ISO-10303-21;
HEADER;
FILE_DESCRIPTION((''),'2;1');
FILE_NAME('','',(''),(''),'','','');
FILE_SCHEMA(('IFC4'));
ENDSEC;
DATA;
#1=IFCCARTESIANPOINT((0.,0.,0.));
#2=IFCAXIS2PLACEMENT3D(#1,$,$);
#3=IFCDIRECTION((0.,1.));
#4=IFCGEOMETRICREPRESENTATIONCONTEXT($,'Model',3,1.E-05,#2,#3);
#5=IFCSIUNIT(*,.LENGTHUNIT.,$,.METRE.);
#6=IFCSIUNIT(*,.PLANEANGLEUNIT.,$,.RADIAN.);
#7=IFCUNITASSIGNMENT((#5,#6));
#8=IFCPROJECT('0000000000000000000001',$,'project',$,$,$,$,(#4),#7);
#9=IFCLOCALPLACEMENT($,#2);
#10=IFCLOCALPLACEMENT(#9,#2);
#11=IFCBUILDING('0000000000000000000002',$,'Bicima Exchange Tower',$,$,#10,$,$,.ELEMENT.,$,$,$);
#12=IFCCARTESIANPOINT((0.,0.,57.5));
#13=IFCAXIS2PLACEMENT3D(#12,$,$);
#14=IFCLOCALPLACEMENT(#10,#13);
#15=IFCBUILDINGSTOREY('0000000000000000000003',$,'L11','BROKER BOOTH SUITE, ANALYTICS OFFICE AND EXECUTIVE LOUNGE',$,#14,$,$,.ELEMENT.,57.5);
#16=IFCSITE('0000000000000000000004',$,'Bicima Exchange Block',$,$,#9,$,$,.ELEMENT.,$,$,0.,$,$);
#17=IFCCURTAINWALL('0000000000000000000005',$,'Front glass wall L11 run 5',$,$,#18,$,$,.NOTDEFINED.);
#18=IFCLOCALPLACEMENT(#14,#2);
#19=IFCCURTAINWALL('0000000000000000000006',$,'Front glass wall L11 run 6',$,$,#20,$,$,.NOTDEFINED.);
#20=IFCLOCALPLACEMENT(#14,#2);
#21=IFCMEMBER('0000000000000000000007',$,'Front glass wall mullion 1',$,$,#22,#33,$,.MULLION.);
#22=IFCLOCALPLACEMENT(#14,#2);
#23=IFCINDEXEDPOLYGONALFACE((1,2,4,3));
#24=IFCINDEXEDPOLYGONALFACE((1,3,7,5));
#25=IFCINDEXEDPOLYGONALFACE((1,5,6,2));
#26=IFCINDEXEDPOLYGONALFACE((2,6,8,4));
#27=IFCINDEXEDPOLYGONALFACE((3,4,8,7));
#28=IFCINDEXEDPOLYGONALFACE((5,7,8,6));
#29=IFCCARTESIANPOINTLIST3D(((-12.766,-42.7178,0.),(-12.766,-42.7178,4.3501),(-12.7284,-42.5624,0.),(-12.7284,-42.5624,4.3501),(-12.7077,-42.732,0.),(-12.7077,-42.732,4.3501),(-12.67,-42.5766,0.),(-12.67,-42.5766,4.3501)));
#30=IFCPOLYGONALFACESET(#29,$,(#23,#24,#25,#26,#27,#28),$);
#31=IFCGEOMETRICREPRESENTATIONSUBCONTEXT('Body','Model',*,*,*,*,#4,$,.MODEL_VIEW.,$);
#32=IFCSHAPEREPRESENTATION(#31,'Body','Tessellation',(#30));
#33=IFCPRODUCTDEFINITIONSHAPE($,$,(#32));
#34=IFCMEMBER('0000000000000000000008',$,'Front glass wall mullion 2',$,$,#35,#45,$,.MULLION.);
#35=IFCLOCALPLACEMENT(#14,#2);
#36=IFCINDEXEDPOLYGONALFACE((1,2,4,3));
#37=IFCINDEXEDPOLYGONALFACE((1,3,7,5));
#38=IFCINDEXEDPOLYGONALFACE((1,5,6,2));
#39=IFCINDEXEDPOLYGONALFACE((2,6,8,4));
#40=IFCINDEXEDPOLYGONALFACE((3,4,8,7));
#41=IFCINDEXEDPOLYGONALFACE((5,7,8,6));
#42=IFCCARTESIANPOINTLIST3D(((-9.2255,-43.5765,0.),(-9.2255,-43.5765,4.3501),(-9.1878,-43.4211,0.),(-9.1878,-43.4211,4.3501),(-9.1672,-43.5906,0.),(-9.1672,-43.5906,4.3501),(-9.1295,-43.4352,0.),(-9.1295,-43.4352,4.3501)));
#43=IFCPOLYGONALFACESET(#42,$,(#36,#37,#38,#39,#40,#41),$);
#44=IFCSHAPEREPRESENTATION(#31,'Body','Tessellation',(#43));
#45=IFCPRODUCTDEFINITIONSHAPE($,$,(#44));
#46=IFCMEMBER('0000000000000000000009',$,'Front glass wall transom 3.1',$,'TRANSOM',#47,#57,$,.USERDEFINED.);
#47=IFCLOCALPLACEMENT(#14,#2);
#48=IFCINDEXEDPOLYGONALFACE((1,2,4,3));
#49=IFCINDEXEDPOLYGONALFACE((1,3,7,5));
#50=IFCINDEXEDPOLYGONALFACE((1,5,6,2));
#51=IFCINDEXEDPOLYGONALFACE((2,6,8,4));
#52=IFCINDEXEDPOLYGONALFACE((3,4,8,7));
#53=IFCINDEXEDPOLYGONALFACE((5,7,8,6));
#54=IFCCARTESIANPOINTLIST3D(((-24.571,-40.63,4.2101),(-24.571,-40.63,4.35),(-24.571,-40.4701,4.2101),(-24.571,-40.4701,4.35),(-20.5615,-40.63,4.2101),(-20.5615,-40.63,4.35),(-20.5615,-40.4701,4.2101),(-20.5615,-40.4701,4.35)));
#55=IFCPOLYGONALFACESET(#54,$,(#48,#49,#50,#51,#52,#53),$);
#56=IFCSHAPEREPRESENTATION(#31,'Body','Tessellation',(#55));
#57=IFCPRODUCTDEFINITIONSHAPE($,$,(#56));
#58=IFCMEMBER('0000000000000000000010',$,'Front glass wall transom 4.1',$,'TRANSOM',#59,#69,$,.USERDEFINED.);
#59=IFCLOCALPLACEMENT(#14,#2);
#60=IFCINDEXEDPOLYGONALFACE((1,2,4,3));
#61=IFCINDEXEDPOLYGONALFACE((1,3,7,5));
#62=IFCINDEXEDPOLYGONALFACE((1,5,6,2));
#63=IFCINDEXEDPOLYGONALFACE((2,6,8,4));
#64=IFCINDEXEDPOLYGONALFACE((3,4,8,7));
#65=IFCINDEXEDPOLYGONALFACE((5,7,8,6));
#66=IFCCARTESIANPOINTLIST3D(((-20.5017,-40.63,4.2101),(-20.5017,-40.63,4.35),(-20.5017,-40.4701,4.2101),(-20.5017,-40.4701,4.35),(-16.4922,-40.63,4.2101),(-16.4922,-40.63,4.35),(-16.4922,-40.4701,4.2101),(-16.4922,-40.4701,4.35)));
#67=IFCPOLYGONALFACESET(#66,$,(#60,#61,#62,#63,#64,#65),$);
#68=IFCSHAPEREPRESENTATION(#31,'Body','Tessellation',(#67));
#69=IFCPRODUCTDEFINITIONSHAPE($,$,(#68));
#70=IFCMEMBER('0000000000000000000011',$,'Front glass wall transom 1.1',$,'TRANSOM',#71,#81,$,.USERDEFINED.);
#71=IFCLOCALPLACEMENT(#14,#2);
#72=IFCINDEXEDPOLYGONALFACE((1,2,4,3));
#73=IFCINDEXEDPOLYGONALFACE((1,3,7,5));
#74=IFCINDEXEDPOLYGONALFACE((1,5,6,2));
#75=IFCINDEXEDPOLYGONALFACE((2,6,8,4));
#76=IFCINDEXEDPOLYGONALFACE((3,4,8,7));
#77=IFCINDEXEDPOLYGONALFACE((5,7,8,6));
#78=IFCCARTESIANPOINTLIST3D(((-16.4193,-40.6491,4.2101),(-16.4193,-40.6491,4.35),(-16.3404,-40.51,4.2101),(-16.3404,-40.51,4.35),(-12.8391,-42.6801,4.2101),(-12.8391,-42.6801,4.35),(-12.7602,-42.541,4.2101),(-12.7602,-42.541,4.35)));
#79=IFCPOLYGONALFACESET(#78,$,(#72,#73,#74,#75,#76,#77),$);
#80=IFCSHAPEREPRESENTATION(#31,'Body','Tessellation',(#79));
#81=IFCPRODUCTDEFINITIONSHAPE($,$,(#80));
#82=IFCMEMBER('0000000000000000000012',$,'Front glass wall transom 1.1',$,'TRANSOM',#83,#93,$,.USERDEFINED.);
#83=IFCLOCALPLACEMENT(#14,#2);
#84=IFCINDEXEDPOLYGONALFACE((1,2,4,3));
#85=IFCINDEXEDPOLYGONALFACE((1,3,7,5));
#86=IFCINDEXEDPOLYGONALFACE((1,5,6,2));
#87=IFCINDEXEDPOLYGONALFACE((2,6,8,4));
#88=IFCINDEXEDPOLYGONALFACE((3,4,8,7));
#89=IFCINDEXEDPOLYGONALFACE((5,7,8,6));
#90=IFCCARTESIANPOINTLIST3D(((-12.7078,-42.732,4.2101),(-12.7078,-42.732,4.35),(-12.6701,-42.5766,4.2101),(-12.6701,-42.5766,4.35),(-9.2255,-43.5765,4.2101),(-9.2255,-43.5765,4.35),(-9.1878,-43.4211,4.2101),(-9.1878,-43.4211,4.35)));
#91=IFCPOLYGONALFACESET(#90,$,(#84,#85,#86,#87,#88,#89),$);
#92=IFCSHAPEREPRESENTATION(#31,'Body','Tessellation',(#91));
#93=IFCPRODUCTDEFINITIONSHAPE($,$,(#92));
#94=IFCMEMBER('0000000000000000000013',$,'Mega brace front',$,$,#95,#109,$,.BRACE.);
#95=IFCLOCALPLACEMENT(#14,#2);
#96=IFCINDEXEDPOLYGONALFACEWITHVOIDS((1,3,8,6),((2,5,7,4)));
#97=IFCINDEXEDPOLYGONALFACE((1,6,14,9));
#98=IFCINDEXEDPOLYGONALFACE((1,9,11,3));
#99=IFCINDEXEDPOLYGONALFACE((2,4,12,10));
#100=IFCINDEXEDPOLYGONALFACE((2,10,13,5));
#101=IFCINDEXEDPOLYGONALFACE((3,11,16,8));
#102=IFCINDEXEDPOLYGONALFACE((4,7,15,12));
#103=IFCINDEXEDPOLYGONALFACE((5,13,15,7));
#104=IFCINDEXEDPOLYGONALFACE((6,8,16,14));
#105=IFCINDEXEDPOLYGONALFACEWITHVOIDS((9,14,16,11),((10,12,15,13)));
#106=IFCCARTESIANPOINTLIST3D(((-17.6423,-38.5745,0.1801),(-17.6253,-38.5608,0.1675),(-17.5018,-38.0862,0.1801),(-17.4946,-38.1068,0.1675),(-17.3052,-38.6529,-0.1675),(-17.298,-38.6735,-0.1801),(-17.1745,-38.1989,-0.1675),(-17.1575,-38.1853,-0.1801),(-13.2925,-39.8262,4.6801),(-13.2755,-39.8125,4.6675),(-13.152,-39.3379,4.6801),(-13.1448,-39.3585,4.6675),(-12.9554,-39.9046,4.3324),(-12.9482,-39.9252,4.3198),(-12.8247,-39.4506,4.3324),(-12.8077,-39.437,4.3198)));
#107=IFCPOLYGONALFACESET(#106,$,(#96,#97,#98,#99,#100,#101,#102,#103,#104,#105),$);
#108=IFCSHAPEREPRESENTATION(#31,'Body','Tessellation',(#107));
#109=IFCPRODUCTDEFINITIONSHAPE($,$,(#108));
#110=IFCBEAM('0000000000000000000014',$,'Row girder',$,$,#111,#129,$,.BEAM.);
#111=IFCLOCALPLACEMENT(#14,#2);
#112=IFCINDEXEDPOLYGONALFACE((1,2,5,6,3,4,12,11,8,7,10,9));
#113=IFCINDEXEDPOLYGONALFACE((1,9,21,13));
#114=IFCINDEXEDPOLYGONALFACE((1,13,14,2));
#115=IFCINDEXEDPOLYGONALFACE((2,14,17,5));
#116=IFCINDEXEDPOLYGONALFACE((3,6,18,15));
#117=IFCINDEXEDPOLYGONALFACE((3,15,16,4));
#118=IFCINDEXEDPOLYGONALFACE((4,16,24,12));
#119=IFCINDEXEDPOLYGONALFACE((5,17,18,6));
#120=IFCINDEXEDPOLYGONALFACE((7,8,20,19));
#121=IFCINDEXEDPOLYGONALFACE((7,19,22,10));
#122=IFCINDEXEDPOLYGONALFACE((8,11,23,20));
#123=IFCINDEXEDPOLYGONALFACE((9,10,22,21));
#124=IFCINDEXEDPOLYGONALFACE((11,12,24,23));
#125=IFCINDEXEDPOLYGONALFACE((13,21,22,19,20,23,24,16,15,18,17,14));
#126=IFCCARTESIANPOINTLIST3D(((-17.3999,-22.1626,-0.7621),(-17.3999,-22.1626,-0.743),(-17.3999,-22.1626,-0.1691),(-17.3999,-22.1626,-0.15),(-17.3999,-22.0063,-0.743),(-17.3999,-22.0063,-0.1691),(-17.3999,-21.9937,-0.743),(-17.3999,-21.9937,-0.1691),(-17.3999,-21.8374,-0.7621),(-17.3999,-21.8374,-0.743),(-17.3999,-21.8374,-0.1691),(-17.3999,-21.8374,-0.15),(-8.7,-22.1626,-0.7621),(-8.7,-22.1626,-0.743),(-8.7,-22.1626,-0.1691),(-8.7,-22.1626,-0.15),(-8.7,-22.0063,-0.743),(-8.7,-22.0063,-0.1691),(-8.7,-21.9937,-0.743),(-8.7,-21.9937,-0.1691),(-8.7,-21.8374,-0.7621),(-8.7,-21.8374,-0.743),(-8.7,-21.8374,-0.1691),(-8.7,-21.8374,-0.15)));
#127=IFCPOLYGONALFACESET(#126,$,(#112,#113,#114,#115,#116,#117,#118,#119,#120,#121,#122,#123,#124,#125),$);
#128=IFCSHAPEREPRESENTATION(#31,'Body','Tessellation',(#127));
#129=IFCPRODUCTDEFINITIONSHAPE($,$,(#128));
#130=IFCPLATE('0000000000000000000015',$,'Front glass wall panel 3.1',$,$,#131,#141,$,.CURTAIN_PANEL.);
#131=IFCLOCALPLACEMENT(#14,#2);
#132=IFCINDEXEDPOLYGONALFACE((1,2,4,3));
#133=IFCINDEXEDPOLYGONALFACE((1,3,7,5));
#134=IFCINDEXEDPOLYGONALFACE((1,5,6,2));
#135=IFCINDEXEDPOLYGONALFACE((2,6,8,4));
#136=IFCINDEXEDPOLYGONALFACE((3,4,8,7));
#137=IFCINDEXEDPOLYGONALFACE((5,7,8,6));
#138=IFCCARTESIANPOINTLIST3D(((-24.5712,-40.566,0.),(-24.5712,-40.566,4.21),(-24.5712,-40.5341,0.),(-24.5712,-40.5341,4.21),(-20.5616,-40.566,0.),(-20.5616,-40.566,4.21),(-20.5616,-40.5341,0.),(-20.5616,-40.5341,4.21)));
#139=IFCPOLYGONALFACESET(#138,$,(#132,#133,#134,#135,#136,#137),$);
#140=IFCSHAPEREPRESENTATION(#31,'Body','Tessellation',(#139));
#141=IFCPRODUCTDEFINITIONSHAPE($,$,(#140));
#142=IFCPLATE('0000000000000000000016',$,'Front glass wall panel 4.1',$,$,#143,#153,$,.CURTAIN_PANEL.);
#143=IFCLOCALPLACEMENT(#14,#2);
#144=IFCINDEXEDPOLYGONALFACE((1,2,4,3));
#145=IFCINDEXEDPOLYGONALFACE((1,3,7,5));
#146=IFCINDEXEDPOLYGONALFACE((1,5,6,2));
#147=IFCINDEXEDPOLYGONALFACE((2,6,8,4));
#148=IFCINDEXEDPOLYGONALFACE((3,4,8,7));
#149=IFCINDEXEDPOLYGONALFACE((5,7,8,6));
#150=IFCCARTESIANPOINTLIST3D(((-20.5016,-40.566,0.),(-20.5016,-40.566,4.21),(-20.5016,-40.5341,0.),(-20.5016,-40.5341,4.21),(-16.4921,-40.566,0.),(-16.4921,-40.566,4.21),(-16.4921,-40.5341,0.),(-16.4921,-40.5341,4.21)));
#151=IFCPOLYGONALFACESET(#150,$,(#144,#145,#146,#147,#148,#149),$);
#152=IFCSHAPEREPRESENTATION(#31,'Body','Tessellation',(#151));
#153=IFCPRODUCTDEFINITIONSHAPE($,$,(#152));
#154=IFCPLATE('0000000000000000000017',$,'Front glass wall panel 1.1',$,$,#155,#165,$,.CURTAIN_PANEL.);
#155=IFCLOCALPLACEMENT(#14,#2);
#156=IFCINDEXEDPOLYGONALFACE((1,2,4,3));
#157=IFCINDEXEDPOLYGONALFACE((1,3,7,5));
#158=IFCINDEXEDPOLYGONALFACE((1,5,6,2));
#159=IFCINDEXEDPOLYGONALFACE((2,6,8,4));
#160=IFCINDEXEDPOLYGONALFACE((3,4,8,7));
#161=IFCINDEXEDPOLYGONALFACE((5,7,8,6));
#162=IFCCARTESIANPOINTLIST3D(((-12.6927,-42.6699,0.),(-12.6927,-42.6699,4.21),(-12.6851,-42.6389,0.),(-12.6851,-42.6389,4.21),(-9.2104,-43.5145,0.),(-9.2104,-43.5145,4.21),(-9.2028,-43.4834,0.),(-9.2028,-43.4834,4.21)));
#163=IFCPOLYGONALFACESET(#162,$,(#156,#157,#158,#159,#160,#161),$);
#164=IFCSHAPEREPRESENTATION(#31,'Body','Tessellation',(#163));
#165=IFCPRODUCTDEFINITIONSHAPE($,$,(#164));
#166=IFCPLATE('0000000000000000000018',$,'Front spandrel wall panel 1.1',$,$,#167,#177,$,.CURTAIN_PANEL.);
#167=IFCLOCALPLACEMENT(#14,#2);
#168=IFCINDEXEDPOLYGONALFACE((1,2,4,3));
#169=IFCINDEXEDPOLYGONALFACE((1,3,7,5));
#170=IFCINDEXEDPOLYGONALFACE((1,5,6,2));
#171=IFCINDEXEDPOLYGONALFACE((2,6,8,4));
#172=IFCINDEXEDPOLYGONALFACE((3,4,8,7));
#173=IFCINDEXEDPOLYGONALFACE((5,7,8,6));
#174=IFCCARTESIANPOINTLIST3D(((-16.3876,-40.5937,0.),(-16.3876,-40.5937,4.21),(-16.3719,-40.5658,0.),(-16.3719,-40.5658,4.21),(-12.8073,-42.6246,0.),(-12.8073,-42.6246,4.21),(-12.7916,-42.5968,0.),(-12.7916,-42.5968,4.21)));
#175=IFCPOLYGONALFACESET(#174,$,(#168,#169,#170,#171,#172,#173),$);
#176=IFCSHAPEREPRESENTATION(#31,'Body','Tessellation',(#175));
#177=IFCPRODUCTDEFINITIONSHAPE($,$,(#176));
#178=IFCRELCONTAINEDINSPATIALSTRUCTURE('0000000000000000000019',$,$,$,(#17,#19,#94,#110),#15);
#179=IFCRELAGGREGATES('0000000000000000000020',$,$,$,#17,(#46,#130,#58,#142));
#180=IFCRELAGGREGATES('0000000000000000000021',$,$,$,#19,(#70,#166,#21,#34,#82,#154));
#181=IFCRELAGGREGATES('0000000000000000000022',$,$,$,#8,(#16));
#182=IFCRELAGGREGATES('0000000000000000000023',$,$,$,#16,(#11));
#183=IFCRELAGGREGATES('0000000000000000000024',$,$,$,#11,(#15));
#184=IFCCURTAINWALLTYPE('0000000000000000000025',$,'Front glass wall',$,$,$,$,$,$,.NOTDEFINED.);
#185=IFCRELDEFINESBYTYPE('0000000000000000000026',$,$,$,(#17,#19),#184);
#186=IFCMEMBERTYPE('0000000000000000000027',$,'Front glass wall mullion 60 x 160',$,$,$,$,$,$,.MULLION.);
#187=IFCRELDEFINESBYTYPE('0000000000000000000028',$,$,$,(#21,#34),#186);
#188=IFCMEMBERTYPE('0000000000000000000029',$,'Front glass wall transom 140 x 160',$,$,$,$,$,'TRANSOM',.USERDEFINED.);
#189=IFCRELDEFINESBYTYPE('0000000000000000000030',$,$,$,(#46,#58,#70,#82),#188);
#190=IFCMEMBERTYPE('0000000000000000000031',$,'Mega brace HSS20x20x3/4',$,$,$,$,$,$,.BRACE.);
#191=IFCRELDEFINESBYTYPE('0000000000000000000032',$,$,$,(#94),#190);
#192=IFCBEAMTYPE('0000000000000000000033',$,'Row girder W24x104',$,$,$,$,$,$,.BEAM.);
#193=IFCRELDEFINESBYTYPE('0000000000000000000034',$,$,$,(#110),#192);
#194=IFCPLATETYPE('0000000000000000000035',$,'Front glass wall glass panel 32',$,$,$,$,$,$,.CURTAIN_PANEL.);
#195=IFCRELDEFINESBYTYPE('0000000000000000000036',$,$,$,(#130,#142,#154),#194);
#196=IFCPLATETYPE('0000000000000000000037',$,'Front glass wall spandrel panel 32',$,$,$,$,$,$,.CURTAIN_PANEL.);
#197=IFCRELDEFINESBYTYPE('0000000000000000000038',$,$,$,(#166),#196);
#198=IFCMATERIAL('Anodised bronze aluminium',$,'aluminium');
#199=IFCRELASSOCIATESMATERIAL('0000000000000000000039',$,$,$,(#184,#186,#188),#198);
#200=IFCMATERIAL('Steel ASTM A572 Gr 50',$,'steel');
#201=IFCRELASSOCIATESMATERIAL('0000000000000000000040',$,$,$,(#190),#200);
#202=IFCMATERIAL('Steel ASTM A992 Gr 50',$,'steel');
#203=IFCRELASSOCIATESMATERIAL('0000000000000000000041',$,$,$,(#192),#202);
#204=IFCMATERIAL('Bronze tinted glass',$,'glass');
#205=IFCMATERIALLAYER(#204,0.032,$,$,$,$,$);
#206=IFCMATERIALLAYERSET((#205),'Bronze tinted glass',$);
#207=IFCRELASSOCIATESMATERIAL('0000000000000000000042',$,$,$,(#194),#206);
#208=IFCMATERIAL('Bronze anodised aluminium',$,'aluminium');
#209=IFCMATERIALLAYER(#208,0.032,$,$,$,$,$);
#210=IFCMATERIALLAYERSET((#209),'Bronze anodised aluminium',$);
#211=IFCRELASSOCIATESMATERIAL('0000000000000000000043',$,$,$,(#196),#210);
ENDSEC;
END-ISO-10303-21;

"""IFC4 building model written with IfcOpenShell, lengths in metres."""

from ifc_helpers import new_model, si_unit, direction, frame, origin, origin_2d, place, context, subcontext, project, spatial, rectangle, hollow_rectangle, i_section, extrude, material, layer, layer_set, material_profile, profile_set, type_object, element, aggregate, save


model = new_model("IFC4")

# Units and contexts
model_context = context("Model", 3, precision=1e-05, world=origin(), true_north=direction((0.0, 1.0)))
body_context = subcontext(model_context, "Body", "Model", "MODEL_VIEW")
ifc_project = project(units=[si_unit("LENGTHUNIT", "METRE"), si_unit("PLANEANGLEUNIT", "RADIAN")], contexts=[model_context])

# Site, building, storey
site_placement = place(None, origin())
site = spatial("IfcSite", under=ifc_project, at=site_placement, Name="Bicima Exchange Block", CompositionType="ELEMENT", RefElevation=0.0)
building_placement = place(site_placement, origin())
building = spatial("IfcBuilding", under=site, at=building_placement, Name="Bicima Exchange Tower", CompositionType="ELEMENT")
storey_placement = place(building_placement, frame((0.0, 0.0, 57.5)))
storey = spatial("IfcBuildingStorey", under=building, at=storey_placement, Name="L11", Description="BROKER BOOTH SUITE, ANALYTICS OFFICE AND EXECUTIVE LOUNGE", CompositionType="ELEMENT", Elevation=57.5)

# Shared definitions
ifc_material_1 = material(Name="Steel ASTM A992 Gr 50", Category="steel")

# Curtain walls, members
ifc_material_2 = material(Name="Anodised bronze aluminium", Category="aluminium")
curtain_wall_type = type_object("IfcCurtainWallType", Name="Front glass wall", PredefinedType="NOTDEFINED", material=ifc_material_2)
curtain_wall_1_placement = place(storey_placement, origin())
curtain_wall_1 = element("IfcCurtainWall", 1, at=curtain_wall_1_placement, inside=storey, type_object=curtain_wall_type, Name="Front glass wall L11 run 5", PredefinedType="NOTDEFINED")
ifc_material_profile_1 = material_profile(ifc_material_2, rectangle(XDim=0.1599, YDim=0.0601, at=origin_2d()))
ifc_profile_set_1 = profile_set([ifc_material_profile_1], Name="Anodised bronze aluminium")
member_type_1 = type_object("IfcMemberType", Name="Front glass wall mullion 60 x 160", PredefinedType="MULLION", material=ifc_profile_set_1)
curtain_wall_2_placement = place(storey_placement, origin())
curtain_wall_2 = element("IfcCurtainWall", 2, at=curtain_wall_2_placement, inside=storey, type_object=curtain_wall_type, Name="Front glass wall L11 run 6", PredefinedType="NOTDEFINED")
member_1_placement = place(storey_placement, frame((-12.718, -42.6472, 0.0), z_axis=(0.0, 0.0, 1.0), x_axis=(0.235682, 0.97183, 0.0)))
member_1 = element("IfcMember", 3, at=member_1_placement, type_object=member_type_1, Name="Front glass wall mullion 1", PredefinedType="MULLION", context=body_context, shape_type="SweptSolid", body=[
    extrude(rectangle(XDim=0.1599, YDim=0.0601, at=origin_2d()), origin(), (0.0, 0.0, 1.0), 4.3501),
])
member_2_placement = place(storey_placement, frame((-9.1775, -43.5059, 0.0), z_axis=(0.0, 0.0, 1.0), x_axis=(0.235682, 0.97183, 0.0)))
member_2 = element("IfcMember", 4, at=member_2_placement, type_object=member_type_1, Name="Front glass wall mullion 2", PredefinedType="MULLION", context=body_context, shape_type="SweptSolid", body=[
    extrude(rectangle(XDim=0.1599, YDim=0.0601, at=origin_2d()), origin(), (0.0, 0.0, 1.0), 4.3501),
])

# Members
ifc_material_profile_2 = material_profile(ifc_material_2, rectangle(XDim=0.1599, YDim=0.1399, at=origin_2d()))
ifc_profile_set_2 = profile_set([ifc_material_profile_2], Name="Anodised bronze aluminium")
member_type_2 = type_object("IfcMemberType", Name="Front glass wall transom 140 x 160", ElementType="TRANSOM", PredefinedType="USERDEFINED", material=ifc_profile_set_2)
member_3_placement = place(storey_placement, frame((-24.571, -40.55, 4.28), z_axis=(1.0, 0.0, 0.0), x_axis=(0.0, 1.0, 0.0)))
member_3 = element("IfcMember", 5, at=member_3_placement, type_object=member_type_2, Name="Front glass wall transom 3.1", ObjectType="TRANSOM", PredefinedType="USERDEFINED", context=body_context, shape_type="SweptSolid", body=[
    extrude(rectangle(XDim=0.1599, YDim=0.1399, at=origin_2d()), origin(), (0.0, 0.0, 1.0), 4.0095),
])
member_4_placement = place(storey_placement, frame((-20.5017, -40.55, 4.28), z_axis=(1.0, 0.0, 0.0), x_axis=(0.0, 1.0, 0.0)))
member_4 = element("IfcMember", 6, at=member_4_placement, type_object=member_type_2, Name="Front glass wall transom 4.1", ObjectType="TRANSOM", PredefinedType="USERDEFINED", context=body_context, shape_type="SweptSolid", body=[
    extrude(rectangle(XDim=0.1599, YDim=0.1399, at=origin_2d()), origin(), (0.0, 0.0, 1.0), 4.0095),
])
member_5_placement = place(storey_placement, frame((-16.3799, -40.5796, 4.28), z_axis=(0.869797, -0.493409, 0.0), x_axis=(0.493409, 0.869797, 0.0)))
member_5 = element("IfcMember", 7, at=member_5_placement, type_object=member_type_2, Name="Front glass wall transom 1.1", ObjectType="TRANSOM", PredefinedType="USERDEFINED", context=body_context, shape_type="SweptSolid", body=[
    extrude(rectangle(XDim=0.1599, YDim=0.1399, at=origin_2d()), origin(), (0.0, 0.0, 1.0), 4.1162),
])
member_6_placement = place(storey_placement, frame((-12.689, -42.6543, 4.28), z_axis=(0.971834, -0.235668, 0.0), x_axis=(0.235668, 0.971834, 0.0)))
member_6 = element("IfcMember", 8, at=member_6_placement, type_object=member_type_2, Name="Front glass wall transom 1.1", ObjectType="TRANSOM", PredefinedType="USERDEFINED", context=body_context, shape_type="SweptSolid", body=[
    extrude(rectangle(XDim=0.1599, YDim=0.1399, at=origin_2d()), origin(), (0.0, 0.0, 1.0), 3.5833),
])
ifc_material_3 = material(Name="Steel ASTM A572 Gr 50", Category="steel")
ifc_material_profile_3 = material_profile(ifc_material_3, hollow_rectangle(XDim=0.5081, YDim=0.5081, WallThickness=0.0178, at=origin_2d()))
ifc_profile_set_3 = profile_set([ifc_material_profile_3], Name="Steel ASTM A572 Gr 50")
member_type_3 = type_object("IfcMemberType", Name="Mega brace HSS20x20x3/4", PredefinedType="BRACE", material=ifc_profile_set_3)
member_7_placement = place(storey_placement, frame((-17.3999, -38.3799, 0.0), z_axis=(0.681514, -0.196112, 0.705038), x_axis=(0.276537, 0.961003, 0.0)))
element("IfcMember", 9, at=member_7_placement, inside=storey, type_object=member_type_3, Name="Mega brace front", PredefinedType="BRACE", context=body_context, shape_type="SweptSolid", body=[
    extrude(hollow_rectangle(XDim=0.5081, YDim=0.5081, WallThickness=0.0178, at=origin_2d()), origin(), (0.0, 0.0, 1.0), 6.3826),
])

# Beam
ifc_material_profile_4 = material_profile(ifc_material_1, i_section(OverallWidth=0.3252, OverallDepth=0.6121, WebThickness=0.0127, FlangeThickness=0.019, at=origin_2d()))
ifc_profile_set_4 = profile_set([ifc_material_profile_4], Name="Steel ASTM A992 Gr 50")
beam_type_1 = type_object("IfcBeamType", Name="Row girder W24x104", PredefinedType="BEAM", material=ifc_profile_set_4)
beam_1_placement = place(storey_placement, frame((-17.3999, -22.0, -0.4561), z_axis=(1.0, 0.0, 0.0), x_axis=(0.0, 1.0, 0.0)))
element("IfcBeam", 10, at=beam_1_placement, inside=storey, type_object=beam_type_1, Name="Row girder", PredefinedType="BEAM", context=body_context, shape_type="SweptSolid", body=[
    extrude(i_section(OverallWidth=0.3252, OverallDepth=0.6121, WebThickness=0.0127, FlangeThickness=0.019, at=origin_2d()), origin(), (0.0, 0.0, 1.0), 8.7),
])

# Plates
ifc_material_4 = material(Name="Bronze tinted glass", Category="glass")
ifc_layer_1 = layer(ifc_material_4, 0.032)
ifc_layer_set_1 = layer_set([ifc_layer_1], Name="Bronze tinted glass")
plate_type_1 = type_object("IfcPlateType", Name="Front glass wall glass panel 32", PredefinedType="CURTAIN_PANEL", material=ifc_layer_set_1)
plate_1_placement = place(storey_placement, frame((-22.5664, -40.55, 0.0), z_axis=(0.0, 0.0, 1.0), x_axis=(1.0, 0.0, 0.0)))
plate_1 = element("IfcPlate", 11, at=plate_1_placement, type_object=plate_type_1, Name="Front glass wall panel 3.1", PredefinedType="CURTAIN_PANEL", context=body_context, shape_type="SweptSolid", body=[
    extrude(rectangle(XDim=4.0095, YDim=0.032, at=origin_2d()), origin(), (0.0, 0.0, 1.0), 4.21),
])
plate_2_placement = place(storey_placement, frame((-18.4968, -40.55, 0.0), z_axis=(0.0, 0.0, 1.0), x_axis=(1.0, 0.0, 0.0)))
plate_2 = element("IfcPlate", 12, at=plate_2_placement, type_object=plate_type_1, Name="Front glass wall panel 4.1", PredefinedType="CURTAIN_PANEL", context=body_context, shape_type="SweptSolid", body=[
    extrude(rectangle(XDim=4.0095, YDim=0.032, at=origin_2d()), origin(), (0.0, 0.0, 1.0), 4.21),
])
aggregate(curtain_wall_1, [member_3, plate_1, member_4, plate_2])
plate_3_placement = place(storey_placement, frame((-10.9478, -43.0767, 0.0), z_axis=(0.0, 0.0, 1.0), x_axis=(0.97183, -0.235682, 0.0)))
plate_3 = element("IfcPlate", 13, at=plate_3_placement, type_object=plate_type_1, Name="Front glass wall panel 1.1", PredefinedType="CURTAIN_PANEL", context=body_context, shape_type="SweptSolid", body=[
    extrude(rectangle(XDim=3.5833, YDim=0.032, at=origin_2d()), origin(), (0.0, 0.0, 1.0), 4.21),
])
ifc_material_5 = material(Name="Bronze anodised aluminium", Category="aluminium")
ifc_layer_2 = layer(ifc_material_5, 0.032)
ifc_layer_set_2 = layer_set([ifc_layer_2], Name="Bronze anodised aluminium")
plate_type_2 = type_object("IfcPlateType", Name="Front glass wall spandrel panel 32", PredefinedType="CURTAIN_PANEL", material=ifc_layer_set_2)
plate_4_placement = place(storey_placement, frame((-14.5896, -41.5952, 0.0), z_axis=(0.0, 0.0, 1.0), x_axis=(0.869805, -0.493395, 0.0)))
plate_4 = element("IfcPlate", 14, at=plate_4_placement, type_object=plate_type_2, Name="Front spandrel wall panel 1.1", PredefinedType="CURTAIN_PANEL", context=body_context, shape_type="SweptSolid", body=[
    extrude(rectangle(XDim=4.1162, YDim=0.032, at=origin_2d()), origin(), (0.0, 0.0, 1.0), 4.21),
])
aggregate(curtain_wall_2, [member_5, plate_4, member_1, member_2, member_6, plate_3])

save(model, "model.ifc")
